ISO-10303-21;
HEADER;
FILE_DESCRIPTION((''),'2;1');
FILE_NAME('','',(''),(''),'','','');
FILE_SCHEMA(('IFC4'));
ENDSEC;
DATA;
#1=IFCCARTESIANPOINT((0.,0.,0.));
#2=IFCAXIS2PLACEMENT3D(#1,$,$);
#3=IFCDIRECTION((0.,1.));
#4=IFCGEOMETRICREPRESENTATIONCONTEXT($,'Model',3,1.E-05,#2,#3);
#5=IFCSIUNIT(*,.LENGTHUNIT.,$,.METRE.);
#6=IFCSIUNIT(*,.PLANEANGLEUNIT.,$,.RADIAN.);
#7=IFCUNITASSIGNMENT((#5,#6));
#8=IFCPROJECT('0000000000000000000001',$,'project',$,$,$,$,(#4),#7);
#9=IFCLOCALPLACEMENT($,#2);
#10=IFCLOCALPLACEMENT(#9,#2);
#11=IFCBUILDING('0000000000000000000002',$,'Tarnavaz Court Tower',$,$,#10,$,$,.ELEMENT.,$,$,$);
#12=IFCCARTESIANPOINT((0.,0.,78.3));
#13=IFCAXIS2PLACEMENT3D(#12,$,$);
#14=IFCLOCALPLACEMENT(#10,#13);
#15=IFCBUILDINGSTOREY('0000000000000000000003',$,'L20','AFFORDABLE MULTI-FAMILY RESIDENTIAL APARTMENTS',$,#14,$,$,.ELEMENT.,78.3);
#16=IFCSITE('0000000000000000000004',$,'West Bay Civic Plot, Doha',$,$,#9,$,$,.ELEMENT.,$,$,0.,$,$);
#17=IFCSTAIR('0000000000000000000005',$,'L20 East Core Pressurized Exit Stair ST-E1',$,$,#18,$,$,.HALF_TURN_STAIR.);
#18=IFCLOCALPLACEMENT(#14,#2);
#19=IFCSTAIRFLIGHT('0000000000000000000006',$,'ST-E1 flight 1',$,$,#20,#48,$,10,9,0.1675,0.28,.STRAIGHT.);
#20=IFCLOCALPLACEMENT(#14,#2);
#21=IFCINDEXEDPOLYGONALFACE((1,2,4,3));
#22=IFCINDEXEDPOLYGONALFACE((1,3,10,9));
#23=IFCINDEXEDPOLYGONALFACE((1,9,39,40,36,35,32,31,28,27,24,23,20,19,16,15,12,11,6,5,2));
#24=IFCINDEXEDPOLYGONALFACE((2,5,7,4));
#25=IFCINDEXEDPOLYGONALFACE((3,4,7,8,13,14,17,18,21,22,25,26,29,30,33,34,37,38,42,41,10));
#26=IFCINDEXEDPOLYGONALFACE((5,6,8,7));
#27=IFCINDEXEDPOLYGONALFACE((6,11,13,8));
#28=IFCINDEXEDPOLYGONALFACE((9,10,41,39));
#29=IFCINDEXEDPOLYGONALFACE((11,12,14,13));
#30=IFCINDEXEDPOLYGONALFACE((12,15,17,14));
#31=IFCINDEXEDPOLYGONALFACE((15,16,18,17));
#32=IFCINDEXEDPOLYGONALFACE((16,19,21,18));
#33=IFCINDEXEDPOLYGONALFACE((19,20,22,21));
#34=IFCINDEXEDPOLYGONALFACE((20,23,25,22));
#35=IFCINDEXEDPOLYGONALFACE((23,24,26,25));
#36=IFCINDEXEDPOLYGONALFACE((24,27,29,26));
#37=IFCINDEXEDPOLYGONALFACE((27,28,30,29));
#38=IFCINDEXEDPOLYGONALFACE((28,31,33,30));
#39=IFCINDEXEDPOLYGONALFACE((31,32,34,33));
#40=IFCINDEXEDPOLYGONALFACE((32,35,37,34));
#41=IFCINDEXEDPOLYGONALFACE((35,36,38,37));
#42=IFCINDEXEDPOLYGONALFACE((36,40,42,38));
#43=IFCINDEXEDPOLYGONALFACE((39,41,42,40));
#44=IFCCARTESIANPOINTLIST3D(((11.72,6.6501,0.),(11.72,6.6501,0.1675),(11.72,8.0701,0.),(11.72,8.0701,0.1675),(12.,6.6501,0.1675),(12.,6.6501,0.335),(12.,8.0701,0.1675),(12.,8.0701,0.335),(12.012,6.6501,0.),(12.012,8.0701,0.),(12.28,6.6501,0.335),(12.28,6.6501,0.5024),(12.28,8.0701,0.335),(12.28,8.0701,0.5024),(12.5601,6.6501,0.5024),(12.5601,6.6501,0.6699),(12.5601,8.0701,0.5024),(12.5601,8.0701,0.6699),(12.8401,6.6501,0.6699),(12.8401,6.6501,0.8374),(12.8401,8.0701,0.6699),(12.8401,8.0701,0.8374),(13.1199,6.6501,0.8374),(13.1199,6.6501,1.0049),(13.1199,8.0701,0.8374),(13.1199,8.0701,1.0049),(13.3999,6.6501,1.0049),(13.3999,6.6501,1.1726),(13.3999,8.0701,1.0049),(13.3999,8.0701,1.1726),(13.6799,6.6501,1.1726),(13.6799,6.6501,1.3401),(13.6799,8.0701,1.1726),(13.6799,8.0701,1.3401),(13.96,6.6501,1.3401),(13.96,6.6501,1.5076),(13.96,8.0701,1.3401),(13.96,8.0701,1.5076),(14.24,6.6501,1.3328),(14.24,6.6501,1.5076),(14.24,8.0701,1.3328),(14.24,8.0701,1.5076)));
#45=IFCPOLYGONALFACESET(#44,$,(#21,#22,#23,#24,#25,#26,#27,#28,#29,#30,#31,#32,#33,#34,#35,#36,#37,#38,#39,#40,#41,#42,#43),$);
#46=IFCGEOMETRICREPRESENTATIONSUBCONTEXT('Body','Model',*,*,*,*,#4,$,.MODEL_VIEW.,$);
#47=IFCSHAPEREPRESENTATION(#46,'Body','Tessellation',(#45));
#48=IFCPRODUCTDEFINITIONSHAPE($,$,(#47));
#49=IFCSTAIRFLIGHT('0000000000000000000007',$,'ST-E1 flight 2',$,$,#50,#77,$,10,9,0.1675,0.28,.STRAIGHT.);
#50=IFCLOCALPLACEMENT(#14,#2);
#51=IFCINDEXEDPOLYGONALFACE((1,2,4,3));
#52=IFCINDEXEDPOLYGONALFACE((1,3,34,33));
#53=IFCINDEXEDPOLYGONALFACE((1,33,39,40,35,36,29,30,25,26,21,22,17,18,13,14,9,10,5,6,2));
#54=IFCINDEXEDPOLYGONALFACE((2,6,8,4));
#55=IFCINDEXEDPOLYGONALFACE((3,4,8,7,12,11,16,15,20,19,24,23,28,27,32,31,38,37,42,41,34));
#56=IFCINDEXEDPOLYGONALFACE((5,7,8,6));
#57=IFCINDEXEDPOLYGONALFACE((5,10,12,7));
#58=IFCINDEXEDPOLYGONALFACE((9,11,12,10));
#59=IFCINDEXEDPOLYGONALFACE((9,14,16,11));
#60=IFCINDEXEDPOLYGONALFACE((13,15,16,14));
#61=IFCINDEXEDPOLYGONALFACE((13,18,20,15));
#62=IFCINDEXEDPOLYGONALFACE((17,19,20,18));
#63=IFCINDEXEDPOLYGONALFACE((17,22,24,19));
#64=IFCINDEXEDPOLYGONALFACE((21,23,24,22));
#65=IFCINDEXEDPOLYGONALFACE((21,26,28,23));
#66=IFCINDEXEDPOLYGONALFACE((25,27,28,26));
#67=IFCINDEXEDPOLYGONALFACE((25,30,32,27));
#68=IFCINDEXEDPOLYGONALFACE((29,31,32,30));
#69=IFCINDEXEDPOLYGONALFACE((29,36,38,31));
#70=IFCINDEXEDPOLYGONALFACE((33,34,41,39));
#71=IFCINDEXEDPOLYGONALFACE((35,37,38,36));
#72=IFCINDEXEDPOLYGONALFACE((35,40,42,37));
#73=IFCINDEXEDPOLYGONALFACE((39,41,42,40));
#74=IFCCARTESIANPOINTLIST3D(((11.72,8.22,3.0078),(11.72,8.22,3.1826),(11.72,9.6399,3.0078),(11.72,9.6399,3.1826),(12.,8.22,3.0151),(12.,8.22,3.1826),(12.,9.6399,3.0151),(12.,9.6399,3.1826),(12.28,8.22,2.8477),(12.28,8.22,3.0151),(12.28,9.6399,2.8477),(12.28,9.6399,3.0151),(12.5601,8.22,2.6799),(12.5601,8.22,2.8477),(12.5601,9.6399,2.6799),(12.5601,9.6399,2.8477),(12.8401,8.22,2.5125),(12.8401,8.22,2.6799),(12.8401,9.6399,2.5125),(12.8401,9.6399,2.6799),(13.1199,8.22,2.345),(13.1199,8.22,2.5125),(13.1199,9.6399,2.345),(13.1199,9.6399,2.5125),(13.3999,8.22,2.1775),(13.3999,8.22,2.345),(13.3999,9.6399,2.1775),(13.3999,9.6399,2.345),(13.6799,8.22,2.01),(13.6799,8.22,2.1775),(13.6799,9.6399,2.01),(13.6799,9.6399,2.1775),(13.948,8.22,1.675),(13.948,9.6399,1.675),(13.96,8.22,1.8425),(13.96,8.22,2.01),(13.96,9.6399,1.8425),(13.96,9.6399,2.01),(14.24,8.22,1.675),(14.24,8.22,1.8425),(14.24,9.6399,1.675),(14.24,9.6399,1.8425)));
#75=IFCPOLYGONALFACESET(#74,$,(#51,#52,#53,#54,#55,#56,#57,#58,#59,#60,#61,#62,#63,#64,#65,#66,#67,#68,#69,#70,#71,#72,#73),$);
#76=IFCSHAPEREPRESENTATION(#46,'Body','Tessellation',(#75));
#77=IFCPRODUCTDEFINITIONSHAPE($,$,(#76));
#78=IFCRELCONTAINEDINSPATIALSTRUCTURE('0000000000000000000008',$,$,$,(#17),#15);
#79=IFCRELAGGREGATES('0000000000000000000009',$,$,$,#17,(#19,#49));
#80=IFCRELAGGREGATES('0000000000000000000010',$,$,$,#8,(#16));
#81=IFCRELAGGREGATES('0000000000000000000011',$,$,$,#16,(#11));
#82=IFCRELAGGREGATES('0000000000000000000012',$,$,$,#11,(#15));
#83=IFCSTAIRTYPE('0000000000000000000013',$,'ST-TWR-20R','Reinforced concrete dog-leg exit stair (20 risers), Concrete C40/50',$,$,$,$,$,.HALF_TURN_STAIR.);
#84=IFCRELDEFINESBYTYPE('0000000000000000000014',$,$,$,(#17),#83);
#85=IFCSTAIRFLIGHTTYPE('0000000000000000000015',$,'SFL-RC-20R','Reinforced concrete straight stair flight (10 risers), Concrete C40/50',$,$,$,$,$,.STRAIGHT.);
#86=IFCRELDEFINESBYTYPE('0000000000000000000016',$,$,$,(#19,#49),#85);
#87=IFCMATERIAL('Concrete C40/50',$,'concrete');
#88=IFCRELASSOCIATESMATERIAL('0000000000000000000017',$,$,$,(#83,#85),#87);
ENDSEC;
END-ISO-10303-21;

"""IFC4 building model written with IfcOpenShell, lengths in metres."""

from ifc_helpers import new_model, si_unit, direction, frame, origin, place, context, subcontext, project, spatial, polyline, outline, extrude, material, type_object, element, aggregate, save


model = new_model("IFC4")

# Units and contexts
model_context = context("Model", 3, precision=1e-05, world=origin(), true_north=direction((0.0, 1.0)))
body_context = subcontext(model_context, "Body", "Model", "MODEL_VIEW")
ifc_project = project(units=[si_unit("LENGTHUNIT", "METRE"), si_unit("PLANEANGLEUNIT", "RADIAN")], contexts=[model_context])

# Site, building, storey
site_placement = place(None, origin())
site = spatial("IfcSite", under=ifc_project, at=site_placement, Name="West Bay Civic Plot, Doha", CompositionType="ELEMENT", RefElevation=0.0)
building_placement = place(site_placement, origin())
building = spatial("IfcBuilding", under=site, at=building_placement, Name="Tarnavaz Court Tower", CompositionType="ELEMENT")
storey_placement = place(building_placement, frame((0.0, 0.0, 78.3)))
storey = spatial("IfcBuildingStorey", under=building, at=storey_placement, Name="L20", Description="AFFORDABLE MULTI-FAMILY RESIDENTIAL APARTMENTS", CompositionType="ELEMENT", Elevation=78.3)

# Stair, stair flights
ifc_material_1 = material(Name="Concrete C40/50", Category="concrete")
stair_type = type_object("IfcStairType", Name="ST-TWR-20R", Description="Reinforced concrete dog-leg exit stair (20 risers), Concrete C40/50", PredefinedType="HALF_TURN_STAIR", material=ifc_material_1)
stair_placement = place(storey_placement, origin())
stair = element("IfcStair", 1, at=stair_placement, inside=storey, type_object=stair_type, Name="L20 East Core Pressurized Exit Stair ST-E1", PredefinedType="HALF_TURN_STAIR")
stair_flight_type = type_object("IfcStairFlightType", Name="SFL-RC-20R", Description="Reinforced concrete straight stair flight (10 risers), Concrete C40/50", PredefinedType="STRAIGHT", material=ifc_material_1)
stair_flight_1_placement = place(storey_placement, frame((11.72, 7.3601, 0.0), z_axis=(0.0, 0.0, 1.0), x_axis=(1.0, 0.0, 0.0)))
stair_flight_1 = element("IfcStairFlight", 2, at=stair_flight_1_placement, type_object=stair_flight_type, Name="ST-E1 flight 1", NumberOfRisers=10, NumberOfTreads=9, PredefinedType="STRAIGHT", RiserHeight=0.1675, TreadLength=0.28, context=body_context, shape_type="SweptSolid", body=[
    extrude(outline(polyline([(0.0, 0.0), (0.0, 0.1675), (0.28, 0.1675), (0.28, 0.335), (0.5601, 0.335), (0.5601, 0.5024), (0.8401, 0.5024), (0.8401, 0.6699), (1.1201, 0.6699), (1.1201, 0.8374), (1.3999, 0.8374), (1.3999, 1.0049), (1.6799, 1.0049), (1.6799, 1.1726), (1.96, 1.1726), (1.96, 1.3401), (2.24, 1.3401), (2.24, 1.5076), (2.52, 1.5076), (2.52, 1.675), (2.52, 1.3328), (0.292, 0.0), (0.0, 0.0)])), frame((0.0, 0.71, 0.0), z_axis=(0.0, -1.0, 0.0), x_axis=(1.0, 0.0, 0.0)), (0.0, 0.0, 1.0), 1.4199),
])
stair_flight_2_placement = place(storey_placement, frame((14.24, 8.9299, 1.675), z_axis=(0.0, 0.0, 1.0), x_axis=(-1.0, 0.0, 0.0)))
stair_flight_2 = element("IfcStairFlight", 3, at=stair_flight_2_placement, type_object=stair_flight_type, Name="ST-E1 flight 2", NumberOfRisers=10, NumberOfTreads=9, PredefinedType="STRAIGHT", RiserHeight=0.1675, TreadLength=0.28, context=body_context, shape_type="SweptSolid", body=[
    extrude(outline(polyline([(0.0, 0.0), (0.0, 0.1675), (0.28, 0.1675), (0.28, 0.335), (0.5601, 0.335), (0.5601, 0.5024), (0.8401, 0.5024), (0.8401, 0.6699), (1.1201, 0.6699), (1.1201, 0.8374), (1.3999, 0.8374), (1.3999, 1.0049), (1.6799, 1.0049), (1.6799, 1.1726), (1.96, 1.1726), (1.96, 1.3401), (2.24, 1.3401), (2.24, 1.5076), (2.52, 1.5076), (2.52, 1.675), (2.52, 1.3328), (0.292, 0.0), (0.0, 0.0)])), frame((0.0, 0.71, 0.0), z_axis=(0.0, -1.0, 0.0), x_axis=(1.0, 0.0, 0.0)), (0.0, 0.0, 1.0), 1.4199),
])
aggregate(stair, [stair_flight_1, stair_flight_2])

save(model, "model.ifc")
